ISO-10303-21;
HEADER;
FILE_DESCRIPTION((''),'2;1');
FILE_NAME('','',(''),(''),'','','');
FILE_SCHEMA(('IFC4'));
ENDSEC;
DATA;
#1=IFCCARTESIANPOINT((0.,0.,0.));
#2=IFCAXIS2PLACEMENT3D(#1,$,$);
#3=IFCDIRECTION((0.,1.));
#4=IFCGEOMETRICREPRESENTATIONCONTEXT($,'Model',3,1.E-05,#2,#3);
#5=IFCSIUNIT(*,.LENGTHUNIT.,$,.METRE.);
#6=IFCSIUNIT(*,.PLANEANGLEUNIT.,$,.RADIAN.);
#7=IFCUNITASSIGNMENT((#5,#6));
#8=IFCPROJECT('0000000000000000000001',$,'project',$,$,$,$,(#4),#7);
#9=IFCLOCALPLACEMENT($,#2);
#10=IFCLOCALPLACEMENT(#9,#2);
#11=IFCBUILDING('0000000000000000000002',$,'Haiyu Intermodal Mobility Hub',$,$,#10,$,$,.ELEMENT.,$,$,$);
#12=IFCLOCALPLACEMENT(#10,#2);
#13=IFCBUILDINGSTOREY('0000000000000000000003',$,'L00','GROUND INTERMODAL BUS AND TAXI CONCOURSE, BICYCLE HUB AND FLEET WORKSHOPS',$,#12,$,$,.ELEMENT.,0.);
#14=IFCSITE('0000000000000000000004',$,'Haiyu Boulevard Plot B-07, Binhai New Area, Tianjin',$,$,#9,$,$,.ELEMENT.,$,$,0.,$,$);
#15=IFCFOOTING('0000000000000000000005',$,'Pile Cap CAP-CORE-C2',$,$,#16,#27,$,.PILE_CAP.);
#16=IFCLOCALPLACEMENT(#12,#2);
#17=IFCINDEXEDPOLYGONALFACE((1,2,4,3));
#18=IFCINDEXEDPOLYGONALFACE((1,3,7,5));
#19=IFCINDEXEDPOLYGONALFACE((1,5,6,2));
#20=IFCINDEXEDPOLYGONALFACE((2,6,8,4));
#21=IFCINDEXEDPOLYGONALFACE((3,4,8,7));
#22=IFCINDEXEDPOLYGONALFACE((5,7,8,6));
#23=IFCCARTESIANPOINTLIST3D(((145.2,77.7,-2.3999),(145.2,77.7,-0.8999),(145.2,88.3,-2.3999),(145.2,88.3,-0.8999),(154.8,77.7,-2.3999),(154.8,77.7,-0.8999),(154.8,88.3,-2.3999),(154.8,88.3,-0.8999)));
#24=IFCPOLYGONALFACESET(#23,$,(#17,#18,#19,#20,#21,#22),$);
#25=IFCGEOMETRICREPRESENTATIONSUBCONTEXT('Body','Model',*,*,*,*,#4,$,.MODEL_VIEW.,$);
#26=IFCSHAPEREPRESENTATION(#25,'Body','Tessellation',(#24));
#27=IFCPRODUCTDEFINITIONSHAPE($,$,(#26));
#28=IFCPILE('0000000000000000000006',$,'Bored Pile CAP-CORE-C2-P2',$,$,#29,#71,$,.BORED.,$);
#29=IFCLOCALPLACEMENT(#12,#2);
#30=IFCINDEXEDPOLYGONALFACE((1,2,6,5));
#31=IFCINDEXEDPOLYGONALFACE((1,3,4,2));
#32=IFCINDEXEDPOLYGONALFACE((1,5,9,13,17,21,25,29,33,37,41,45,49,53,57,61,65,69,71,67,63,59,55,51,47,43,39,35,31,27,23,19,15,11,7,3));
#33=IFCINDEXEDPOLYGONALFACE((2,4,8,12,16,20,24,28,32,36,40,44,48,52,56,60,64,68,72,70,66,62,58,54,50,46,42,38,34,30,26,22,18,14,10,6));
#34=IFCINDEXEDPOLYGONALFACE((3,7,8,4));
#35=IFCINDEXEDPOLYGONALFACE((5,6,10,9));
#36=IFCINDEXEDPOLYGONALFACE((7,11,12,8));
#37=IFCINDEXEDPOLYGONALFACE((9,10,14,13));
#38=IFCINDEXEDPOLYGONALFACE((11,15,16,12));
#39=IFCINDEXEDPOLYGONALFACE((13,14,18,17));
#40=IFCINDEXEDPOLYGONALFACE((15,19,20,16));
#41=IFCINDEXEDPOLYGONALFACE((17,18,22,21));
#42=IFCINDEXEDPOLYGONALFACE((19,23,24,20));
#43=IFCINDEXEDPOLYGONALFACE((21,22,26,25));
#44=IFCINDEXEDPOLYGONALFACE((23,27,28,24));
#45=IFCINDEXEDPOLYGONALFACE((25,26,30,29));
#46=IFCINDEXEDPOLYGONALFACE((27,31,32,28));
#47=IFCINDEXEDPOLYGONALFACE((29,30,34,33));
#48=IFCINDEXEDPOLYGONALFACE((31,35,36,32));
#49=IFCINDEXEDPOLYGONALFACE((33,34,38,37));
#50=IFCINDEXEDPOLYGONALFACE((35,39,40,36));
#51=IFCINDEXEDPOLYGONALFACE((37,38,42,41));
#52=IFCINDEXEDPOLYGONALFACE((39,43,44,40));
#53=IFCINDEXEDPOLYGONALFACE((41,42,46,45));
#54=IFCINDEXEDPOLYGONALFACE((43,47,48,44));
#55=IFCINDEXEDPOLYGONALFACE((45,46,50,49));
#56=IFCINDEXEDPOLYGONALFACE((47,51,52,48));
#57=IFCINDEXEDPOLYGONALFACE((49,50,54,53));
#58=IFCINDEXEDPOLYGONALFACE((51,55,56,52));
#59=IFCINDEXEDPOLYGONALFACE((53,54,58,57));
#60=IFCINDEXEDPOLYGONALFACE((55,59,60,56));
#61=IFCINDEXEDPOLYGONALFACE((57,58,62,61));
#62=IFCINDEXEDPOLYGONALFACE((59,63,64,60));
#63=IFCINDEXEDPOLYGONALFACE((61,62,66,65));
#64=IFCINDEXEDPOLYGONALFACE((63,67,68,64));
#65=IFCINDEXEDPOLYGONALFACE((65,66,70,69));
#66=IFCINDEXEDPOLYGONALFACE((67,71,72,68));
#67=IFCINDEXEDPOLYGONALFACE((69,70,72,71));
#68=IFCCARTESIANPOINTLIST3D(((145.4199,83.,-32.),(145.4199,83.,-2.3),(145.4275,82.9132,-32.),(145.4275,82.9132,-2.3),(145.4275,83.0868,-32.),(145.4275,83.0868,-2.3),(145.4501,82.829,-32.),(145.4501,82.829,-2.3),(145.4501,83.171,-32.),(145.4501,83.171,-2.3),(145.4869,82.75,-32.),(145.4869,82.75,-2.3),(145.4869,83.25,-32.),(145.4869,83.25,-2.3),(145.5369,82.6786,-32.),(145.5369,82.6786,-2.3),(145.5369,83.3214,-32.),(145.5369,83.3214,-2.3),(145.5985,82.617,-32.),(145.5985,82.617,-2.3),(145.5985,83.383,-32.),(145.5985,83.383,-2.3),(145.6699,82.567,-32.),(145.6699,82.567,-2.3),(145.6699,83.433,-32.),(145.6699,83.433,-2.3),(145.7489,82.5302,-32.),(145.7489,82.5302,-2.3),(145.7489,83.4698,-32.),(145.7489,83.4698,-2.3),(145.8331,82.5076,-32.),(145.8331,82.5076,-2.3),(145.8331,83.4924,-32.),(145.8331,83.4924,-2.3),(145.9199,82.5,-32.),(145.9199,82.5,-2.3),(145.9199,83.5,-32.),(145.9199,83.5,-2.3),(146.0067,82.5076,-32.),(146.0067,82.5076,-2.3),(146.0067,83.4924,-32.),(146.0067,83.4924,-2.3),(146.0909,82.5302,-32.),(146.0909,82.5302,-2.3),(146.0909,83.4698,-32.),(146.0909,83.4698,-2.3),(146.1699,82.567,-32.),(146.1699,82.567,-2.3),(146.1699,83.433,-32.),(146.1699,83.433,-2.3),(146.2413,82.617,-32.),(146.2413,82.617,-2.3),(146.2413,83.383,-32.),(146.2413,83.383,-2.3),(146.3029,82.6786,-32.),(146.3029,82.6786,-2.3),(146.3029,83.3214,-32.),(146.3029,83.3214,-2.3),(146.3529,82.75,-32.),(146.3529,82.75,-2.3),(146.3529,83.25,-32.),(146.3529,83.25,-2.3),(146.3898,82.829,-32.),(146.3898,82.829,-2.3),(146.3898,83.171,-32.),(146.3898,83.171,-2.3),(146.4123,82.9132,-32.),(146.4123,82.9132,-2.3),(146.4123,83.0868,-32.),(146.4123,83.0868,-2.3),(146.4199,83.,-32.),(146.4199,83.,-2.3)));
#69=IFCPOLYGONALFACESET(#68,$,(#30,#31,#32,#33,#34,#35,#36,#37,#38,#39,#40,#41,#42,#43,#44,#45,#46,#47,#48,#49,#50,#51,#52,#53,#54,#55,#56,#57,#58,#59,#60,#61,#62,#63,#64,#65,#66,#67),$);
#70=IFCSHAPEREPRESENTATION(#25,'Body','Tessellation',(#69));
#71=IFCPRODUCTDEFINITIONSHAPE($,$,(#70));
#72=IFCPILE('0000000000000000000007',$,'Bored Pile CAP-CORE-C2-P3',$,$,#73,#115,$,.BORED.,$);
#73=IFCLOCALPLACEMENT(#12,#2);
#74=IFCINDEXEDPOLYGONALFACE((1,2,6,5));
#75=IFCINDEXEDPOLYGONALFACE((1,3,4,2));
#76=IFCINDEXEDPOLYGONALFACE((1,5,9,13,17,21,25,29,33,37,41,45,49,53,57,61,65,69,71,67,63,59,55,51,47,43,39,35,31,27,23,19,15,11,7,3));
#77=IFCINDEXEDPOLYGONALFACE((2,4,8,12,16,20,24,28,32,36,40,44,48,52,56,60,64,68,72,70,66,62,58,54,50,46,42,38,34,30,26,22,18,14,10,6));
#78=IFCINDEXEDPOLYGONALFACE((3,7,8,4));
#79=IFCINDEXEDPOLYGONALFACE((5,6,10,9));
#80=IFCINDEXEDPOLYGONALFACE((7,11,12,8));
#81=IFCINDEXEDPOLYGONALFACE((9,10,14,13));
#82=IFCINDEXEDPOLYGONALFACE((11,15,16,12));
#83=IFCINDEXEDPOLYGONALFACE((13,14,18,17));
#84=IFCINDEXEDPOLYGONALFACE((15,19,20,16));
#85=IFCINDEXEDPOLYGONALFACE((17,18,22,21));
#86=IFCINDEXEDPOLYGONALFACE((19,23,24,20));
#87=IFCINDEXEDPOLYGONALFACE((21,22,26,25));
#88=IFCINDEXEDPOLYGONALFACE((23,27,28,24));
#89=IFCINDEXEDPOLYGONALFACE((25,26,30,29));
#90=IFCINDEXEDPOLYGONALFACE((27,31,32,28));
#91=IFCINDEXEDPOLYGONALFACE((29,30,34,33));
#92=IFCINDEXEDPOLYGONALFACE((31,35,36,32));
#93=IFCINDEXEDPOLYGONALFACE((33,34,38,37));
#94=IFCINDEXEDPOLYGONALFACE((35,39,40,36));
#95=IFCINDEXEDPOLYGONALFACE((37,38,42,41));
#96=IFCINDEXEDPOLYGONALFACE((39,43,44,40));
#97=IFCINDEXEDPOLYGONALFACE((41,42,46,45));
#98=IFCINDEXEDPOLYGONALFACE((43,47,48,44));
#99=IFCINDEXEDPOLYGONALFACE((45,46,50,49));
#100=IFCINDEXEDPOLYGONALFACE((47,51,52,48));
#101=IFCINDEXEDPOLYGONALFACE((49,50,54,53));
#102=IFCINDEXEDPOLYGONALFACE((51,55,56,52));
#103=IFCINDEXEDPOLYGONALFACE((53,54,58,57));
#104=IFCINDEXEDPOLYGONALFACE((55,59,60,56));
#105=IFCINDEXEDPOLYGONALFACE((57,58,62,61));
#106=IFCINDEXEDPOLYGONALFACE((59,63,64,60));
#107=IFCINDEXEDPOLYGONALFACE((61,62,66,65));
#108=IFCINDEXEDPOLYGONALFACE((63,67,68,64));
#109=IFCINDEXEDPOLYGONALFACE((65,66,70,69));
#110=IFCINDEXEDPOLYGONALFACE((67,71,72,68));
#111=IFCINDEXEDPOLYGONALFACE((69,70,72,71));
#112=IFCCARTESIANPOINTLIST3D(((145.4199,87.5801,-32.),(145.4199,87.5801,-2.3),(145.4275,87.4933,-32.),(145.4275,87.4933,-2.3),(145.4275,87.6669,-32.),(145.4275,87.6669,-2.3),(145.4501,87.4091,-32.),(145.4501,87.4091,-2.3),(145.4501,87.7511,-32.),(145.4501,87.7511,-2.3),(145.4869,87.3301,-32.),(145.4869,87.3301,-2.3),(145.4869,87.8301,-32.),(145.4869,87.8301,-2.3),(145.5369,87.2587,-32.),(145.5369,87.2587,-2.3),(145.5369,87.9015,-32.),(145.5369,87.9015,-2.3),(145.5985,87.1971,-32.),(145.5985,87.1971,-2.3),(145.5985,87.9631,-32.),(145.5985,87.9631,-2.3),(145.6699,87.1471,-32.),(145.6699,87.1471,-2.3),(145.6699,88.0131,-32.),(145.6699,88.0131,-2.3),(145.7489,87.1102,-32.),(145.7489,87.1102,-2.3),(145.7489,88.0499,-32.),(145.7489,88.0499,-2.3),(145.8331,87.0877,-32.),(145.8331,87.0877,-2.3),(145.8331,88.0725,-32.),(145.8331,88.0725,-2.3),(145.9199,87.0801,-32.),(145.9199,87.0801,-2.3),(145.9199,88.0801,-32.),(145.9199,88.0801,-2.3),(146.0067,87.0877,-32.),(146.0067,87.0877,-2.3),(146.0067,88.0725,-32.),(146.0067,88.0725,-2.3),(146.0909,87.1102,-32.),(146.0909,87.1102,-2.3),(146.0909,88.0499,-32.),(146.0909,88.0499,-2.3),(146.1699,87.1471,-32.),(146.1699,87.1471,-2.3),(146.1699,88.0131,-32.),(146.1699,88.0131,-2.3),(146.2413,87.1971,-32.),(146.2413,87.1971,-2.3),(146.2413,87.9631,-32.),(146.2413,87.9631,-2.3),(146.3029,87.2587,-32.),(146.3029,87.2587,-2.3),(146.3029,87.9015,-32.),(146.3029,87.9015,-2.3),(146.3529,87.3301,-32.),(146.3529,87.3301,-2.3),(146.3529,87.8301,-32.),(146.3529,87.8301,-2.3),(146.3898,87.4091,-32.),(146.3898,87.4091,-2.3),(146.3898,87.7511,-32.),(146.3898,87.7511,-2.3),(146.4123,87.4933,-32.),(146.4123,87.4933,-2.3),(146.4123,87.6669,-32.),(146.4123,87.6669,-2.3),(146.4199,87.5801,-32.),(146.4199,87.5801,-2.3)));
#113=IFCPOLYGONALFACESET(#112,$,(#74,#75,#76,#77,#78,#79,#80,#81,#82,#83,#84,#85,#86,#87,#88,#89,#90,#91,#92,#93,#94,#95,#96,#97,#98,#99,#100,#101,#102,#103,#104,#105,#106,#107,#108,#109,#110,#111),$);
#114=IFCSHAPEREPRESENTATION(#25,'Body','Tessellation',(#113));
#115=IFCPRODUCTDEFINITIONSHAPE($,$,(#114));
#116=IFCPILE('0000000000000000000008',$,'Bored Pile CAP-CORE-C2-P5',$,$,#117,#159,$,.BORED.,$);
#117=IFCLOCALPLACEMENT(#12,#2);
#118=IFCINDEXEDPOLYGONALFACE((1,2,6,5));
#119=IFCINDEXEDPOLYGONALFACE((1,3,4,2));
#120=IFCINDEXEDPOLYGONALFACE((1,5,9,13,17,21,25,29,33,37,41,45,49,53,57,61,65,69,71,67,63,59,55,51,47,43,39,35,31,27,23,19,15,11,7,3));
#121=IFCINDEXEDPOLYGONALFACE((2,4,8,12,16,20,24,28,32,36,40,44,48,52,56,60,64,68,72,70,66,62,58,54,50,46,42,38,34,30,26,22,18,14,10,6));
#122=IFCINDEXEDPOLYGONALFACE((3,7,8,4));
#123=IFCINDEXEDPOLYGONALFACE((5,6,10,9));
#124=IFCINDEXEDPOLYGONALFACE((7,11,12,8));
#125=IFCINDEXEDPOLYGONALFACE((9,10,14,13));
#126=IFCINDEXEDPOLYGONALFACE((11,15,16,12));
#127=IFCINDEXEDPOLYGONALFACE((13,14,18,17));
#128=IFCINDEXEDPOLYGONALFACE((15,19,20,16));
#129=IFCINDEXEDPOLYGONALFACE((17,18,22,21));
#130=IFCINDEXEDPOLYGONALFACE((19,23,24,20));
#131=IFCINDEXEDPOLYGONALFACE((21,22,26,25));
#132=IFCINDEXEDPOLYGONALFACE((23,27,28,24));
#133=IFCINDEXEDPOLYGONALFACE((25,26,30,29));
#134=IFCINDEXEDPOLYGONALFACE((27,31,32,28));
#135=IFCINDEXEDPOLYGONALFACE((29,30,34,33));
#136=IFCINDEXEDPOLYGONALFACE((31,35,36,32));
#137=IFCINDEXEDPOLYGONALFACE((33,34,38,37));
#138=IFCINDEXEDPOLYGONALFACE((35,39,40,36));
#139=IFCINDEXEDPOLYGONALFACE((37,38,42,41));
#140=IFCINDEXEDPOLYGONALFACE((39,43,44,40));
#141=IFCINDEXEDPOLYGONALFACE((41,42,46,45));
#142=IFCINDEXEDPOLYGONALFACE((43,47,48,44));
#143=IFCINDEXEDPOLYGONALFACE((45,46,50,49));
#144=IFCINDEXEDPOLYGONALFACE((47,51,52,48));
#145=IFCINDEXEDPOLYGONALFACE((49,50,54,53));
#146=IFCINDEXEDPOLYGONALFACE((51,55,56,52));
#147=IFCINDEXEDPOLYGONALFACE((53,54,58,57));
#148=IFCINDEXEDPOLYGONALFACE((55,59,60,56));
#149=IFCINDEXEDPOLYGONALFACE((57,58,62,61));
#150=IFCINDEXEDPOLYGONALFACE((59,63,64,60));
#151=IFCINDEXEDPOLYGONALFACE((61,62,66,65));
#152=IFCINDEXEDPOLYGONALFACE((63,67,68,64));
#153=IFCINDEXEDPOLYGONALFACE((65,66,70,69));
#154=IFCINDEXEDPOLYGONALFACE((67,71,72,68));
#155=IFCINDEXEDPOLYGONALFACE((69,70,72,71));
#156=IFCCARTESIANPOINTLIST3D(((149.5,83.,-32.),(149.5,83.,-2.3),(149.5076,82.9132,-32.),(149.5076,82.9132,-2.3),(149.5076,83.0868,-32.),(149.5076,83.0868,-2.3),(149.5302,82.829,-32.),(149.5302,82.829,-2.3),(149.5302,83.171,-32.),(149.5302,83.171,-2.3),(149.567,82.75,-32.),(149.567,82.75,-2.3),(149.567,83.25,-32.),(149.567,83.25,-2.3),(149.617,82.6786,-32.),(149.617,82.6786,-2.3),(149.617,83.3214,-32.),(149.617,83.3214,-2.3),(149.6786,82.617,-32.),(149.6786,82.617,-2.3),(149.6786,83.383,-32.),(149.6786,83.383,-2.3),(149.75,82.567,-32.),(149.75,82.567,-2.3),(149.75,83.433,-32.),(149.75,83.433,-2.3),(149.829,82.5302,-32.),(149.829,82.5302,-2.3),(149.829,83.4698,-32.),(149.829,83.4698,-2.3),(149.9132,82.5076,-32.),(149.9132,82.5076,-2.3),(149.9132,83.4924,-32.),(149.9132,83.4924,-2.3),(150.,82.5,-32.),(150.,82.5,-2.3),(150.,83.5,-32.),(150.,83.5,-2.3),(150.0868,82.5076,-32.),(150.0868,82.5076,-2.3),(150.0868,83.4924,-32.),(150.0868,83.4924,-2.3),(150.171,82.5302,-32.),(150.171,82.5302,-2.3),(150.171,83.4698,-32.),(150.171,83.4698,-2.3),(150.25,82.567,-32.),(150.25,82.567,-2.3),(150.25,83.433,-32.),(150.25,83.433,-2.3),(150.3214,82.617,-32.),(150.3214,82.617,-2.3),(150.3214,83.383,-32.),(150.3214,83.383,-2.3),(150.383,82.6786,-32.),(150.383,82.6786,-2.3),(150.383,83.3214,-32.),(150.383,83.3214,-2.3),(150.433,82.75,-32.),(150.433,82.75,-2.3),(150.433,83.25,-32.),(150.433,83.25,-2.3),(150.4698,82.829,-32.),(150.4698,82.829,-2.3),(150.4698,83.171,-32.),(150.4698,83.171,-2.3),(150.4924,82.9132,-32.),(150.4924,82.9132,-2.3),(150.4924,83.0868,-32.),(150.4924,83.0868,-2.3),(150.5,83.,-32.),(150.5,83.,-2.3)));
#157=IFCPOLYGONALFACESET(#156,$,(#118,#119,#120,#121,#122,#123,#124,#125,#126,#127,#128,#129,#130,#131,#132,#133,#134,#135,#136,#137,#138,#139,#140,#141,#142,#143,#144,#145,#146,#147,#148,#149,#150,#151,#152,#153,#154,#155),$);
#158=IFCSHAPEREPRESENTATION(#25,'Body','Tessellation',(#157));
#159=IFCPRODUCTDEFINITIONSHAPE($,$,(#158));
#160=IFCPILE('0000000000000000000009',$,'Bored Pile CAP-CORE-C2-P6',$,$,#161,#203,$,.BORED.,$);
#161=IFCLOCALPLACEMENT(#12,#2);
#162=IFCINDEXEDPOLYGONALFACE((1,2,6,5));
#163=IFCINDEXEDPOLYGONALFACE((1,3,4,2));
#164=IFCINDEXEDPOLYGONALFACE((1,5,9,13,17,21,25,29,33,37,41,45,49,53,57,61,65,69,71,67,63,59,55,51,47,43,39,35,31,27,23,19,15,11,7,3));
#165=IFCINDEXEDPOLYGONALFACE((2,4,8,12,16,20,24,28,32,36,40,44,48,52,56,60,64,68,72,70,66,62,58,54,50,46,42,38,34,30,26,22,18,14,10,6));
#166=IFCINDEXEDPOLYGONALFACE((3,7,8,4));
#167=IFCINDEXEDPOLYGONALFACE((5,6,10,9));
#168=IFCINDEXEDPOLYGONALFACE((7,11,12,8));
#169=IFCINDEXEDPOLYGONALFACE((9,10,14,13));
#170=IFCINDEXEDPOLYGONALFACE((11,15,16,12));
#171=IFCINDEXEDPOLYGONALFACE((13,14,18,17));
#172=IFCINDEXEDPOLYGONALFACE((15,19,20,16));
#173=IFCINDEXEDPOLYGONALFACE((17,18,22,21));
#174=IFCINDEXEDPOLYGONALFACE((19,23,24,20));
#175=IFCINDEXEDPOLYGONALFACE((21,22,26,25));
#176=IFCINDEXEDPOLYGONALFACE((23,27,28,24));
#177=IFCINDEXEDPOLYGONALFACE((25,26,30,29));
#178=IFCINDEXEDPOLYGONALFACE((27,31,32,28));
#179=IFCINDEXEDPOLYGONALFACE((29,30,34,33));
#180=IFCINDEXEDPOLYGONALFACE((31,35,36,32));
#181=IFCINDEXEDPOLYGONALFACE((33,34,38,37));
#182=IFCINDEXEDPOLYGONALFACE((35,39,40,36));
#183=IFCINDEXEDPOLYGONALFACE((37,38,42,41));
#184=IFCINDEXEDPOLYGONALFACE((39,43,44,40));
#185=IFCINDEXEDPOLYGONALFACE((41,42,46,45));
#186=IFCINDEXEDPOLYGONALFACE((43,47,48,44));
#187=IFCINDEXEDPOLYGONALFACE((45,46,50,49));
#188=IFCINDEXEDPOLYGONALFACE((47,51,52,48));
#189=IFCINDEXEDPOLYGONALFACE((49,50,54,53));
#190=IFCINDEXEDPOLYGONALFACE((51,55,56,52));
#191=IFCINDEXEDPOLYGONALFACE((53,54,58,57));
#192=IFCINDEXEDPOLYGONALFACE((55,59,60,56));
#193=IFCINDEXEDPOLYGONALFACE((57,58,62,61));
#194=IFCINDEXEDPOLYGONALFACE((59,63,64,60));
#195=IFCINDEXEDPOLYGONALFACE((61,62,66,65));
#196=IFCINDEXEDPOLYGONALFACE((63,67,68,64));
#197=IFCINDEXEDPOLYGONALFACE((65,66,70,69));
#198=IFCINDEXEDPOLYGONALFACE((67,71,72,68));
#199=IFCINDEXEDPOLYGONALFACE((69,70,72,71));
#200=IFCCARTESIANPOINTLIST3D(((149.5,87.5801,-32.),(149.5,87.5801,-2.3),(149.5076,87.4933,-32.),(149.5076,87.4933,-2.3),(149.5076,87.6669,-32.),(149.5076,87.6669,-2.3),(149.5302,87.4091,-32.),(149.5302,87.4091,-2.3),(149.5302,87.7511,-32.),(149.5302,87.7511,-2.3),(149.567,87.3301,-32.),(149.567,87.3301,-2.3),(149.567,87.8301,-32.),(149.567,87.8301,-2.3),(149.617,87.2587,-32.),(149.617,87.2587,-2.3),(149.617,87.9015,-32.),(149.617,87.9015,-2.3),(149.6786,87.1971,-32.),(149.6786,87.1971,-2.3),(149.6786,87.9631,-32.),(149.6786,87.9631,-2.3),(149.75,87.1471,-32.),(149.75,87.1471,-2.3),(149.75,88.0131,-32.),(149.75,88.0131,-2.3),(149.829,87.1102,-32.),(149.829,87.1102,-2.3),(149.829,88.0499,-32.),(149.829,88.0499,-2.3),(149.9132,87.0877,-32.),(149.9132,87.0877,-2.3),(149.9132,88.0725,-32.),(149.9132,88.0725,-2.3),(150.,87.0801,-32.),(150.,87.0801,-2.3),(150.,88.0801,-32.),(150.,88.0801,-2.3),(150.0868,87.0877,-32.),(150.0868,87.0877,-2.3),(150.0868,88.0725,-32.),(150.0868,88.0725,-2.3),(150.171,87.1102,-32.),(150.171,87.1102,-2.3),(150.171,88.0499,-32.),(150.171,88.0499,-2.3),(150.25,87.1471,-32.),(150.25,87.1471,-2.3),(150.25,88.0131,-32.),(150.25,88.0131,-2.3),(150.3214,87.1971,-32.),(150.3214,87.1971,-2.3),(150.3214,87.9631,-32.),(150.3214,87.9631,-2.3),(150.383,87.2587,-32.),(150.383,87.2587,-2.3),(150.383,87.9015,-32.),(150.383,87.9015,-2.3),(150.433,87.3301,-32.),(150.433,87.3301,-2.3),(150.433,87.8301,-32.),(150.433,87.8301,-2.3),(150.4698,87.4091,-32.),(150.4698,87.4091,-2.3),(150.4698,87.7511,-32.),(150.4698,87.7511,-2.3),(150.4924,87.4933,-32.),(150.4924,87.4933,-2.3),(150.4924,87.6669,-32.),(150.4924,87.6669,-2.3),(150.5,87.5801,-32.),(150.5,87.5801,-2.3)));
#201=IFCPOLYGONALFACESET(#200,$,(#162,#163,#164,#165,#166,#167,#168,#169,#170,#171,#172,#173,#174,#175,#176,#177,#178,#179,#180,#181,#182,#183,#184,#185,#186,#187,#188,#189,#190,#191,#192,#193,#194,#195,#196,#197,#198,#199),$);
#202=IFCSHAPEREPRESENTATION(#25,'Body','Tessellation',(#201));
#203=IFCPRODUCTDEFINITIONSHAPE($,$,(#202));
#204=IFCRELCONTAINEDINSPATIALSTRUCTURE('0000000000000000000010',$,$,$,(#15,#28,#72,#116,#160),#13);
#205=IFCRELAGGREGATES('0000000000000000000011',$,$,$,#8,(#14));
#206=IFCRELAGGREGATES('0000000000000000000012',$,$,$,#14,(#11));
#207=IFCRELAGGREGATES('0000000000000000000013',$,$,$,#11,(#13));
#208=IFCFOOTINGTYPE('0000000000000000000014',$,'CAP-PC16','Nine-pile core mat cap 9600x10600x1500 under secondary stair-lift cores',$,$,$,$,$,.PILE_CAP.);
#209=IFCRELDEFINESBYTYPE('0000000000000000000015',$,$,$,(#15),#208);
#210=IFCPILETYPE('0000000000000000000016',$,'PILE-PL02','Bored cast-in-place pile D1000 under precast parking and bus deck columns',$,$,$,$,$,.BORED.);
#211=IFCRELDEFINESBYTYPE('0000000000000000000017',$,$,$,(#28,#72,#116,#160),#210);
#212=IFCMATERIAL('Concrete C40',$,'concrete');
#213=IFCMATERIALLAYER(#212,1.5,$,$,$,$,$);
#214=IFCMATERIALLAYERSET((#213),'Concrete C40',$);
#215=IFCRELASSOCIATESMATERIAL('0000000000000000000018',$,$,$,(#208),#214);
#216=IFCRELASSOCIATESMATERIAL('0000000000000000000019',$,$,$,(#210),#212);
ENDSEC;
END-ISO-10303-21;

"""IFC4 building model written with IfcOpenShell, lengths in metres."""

from ifc_helpers import new_model, si_unit, direction, frame, origin, origin_2d, place, context, subcontext, project, spatial, rectangle, circle, extrude, material, layer, layer_set, material_profile, profile_set, type_object, element, save


model = new_model("IFC4")

# Units and contexts
model_context = context("Model", 3, precision=1e-05, world=origin(), true_north=direction((0.0, 1.0)))
body_context = subcontext(model_context, "Body", "Model", "MODEL_VIEW")
ifc_project = project(units=[si_unit("LENGTHUNIT", "METRE"), si_unit("PLANEANGLEUNIT", "RADIAN")], contexts=[model_context])

# Site, building, storey
site_placement = place(None, origin())
site = spatial("IfcSite", under=ifc_project, at=site_placement, Name="Haiyu Boulevard Plot B-07, Binhai New Area, Tianjin", CompositionType="ELEMENT", RefElevation=0.0)
building_placement = place(site_placement, origin())
building = spatial("IfcBuilding", under=site, at=building_placement, Name="Haiyu Intermodal Mobility Hub", CompositionType="ELEMENT")
storey_placement = place(building_placement, origin())
storey = spatial("IfcBuildingStorey", under=building, at=storey_placement, Name="L00", Description="GROUND INTERMODAL BUS AND TAXI CONCOURSE, BICYCLE HUB AND FLEET WORKSHOPS", CompositionType="ELEMENT", Elevation=0.0)

# Footing
ifc_material_1 = material(Name="Concrete C40", Category="concrete")
ifc_layer_1 = layer(ifc_material_1, 1.5)
ifc_layer_set_1 = layer_set([ifc_layer_1], Name="Concrete C40")
footing_type = type_object("IfcFootingType", Name="CAP-PC16", Description="Nine-pile core mat cap 9600x10600x1500 under secondary stair-lift cores", PredefinedType="PILE_CAP", material=ifc_layer_set_1)
footing_placement = place(storey_placement, frame((150.0, 83.0, -2.3999), z_axis=(0.0, 0.0, 1.0), x_axis=(1.0, 0.0, 0.0)))
element("IfcFooting", 1, at=footing_placement, inside=storey, type_object=footing_type, Name="Pile Cap CAP-CORE-C2", PredefinedType="PILE_CAP", context=body_context, shape_type="SweptSolid", body=[
    extrude(rectangle(XDim=9.6001, YDim=10.6001, at=origin_2d()), origin(), (0.0, 0.0, 1.0), 1.5),
])

# Piles
ifc_material_profile_1 = material_profile(ifc_material_1, circle(Radius=0.5, at=origin_2d()), Name="PILE-D1000")
ifc_profile_set_1 = profile_set([ifc_material_profile_1], Name="Concrete C40")
pile_type = type_object("IfcPileType", Name="PILE-PL02", Description="Bored cast-in-place pile D1000 under precast parking and bus deck columns", PredefinedType="BORED", material=ifc_profile_set_1)
for number, where, z_axis, x_axis, name in (
    (2, (145.9199, 83.0, -2.3), (0.0, 0.0, -1.0), (1.0, 0.0, 0.0), "Bored Pile CAP-CORE-C2-P2"),
    (3, (145.9199, 87.5801, -2.3), (0.0, 0.0, -1.0), (1.0, 0.0, 0.0), "Bored Pile CAP-CORE-C2-P3"),
    (4, (150.0, 83.0, -2.3), (0.0, 0.0, -1.0), (1.0, 0.0, 0.0), "Bored Pile CAP-CORE-C2-P5"),
    (5, (150.0, 87.5801, -2.3), (0.0, 0.0, -1.0), (1.0, 0.0, 0.0), "Bored Pile CAP-CORE-C2-P6"),
):
    element("IfcPile", number, at=place(storey_placement, frame(where, z_axis=z_axis, x_axis=x_axis)), inside=storey, type_object=pile_type, Name=name, PredefinedType="BORED", context=body_context, shape_type="SweptSolid", body=[
        extrude(circle(Radius=0.5, at=origin_2d()), origin(), (0.0, 0.0, 1.0), 29.7),
    ])

save(model, "model.ifc")
